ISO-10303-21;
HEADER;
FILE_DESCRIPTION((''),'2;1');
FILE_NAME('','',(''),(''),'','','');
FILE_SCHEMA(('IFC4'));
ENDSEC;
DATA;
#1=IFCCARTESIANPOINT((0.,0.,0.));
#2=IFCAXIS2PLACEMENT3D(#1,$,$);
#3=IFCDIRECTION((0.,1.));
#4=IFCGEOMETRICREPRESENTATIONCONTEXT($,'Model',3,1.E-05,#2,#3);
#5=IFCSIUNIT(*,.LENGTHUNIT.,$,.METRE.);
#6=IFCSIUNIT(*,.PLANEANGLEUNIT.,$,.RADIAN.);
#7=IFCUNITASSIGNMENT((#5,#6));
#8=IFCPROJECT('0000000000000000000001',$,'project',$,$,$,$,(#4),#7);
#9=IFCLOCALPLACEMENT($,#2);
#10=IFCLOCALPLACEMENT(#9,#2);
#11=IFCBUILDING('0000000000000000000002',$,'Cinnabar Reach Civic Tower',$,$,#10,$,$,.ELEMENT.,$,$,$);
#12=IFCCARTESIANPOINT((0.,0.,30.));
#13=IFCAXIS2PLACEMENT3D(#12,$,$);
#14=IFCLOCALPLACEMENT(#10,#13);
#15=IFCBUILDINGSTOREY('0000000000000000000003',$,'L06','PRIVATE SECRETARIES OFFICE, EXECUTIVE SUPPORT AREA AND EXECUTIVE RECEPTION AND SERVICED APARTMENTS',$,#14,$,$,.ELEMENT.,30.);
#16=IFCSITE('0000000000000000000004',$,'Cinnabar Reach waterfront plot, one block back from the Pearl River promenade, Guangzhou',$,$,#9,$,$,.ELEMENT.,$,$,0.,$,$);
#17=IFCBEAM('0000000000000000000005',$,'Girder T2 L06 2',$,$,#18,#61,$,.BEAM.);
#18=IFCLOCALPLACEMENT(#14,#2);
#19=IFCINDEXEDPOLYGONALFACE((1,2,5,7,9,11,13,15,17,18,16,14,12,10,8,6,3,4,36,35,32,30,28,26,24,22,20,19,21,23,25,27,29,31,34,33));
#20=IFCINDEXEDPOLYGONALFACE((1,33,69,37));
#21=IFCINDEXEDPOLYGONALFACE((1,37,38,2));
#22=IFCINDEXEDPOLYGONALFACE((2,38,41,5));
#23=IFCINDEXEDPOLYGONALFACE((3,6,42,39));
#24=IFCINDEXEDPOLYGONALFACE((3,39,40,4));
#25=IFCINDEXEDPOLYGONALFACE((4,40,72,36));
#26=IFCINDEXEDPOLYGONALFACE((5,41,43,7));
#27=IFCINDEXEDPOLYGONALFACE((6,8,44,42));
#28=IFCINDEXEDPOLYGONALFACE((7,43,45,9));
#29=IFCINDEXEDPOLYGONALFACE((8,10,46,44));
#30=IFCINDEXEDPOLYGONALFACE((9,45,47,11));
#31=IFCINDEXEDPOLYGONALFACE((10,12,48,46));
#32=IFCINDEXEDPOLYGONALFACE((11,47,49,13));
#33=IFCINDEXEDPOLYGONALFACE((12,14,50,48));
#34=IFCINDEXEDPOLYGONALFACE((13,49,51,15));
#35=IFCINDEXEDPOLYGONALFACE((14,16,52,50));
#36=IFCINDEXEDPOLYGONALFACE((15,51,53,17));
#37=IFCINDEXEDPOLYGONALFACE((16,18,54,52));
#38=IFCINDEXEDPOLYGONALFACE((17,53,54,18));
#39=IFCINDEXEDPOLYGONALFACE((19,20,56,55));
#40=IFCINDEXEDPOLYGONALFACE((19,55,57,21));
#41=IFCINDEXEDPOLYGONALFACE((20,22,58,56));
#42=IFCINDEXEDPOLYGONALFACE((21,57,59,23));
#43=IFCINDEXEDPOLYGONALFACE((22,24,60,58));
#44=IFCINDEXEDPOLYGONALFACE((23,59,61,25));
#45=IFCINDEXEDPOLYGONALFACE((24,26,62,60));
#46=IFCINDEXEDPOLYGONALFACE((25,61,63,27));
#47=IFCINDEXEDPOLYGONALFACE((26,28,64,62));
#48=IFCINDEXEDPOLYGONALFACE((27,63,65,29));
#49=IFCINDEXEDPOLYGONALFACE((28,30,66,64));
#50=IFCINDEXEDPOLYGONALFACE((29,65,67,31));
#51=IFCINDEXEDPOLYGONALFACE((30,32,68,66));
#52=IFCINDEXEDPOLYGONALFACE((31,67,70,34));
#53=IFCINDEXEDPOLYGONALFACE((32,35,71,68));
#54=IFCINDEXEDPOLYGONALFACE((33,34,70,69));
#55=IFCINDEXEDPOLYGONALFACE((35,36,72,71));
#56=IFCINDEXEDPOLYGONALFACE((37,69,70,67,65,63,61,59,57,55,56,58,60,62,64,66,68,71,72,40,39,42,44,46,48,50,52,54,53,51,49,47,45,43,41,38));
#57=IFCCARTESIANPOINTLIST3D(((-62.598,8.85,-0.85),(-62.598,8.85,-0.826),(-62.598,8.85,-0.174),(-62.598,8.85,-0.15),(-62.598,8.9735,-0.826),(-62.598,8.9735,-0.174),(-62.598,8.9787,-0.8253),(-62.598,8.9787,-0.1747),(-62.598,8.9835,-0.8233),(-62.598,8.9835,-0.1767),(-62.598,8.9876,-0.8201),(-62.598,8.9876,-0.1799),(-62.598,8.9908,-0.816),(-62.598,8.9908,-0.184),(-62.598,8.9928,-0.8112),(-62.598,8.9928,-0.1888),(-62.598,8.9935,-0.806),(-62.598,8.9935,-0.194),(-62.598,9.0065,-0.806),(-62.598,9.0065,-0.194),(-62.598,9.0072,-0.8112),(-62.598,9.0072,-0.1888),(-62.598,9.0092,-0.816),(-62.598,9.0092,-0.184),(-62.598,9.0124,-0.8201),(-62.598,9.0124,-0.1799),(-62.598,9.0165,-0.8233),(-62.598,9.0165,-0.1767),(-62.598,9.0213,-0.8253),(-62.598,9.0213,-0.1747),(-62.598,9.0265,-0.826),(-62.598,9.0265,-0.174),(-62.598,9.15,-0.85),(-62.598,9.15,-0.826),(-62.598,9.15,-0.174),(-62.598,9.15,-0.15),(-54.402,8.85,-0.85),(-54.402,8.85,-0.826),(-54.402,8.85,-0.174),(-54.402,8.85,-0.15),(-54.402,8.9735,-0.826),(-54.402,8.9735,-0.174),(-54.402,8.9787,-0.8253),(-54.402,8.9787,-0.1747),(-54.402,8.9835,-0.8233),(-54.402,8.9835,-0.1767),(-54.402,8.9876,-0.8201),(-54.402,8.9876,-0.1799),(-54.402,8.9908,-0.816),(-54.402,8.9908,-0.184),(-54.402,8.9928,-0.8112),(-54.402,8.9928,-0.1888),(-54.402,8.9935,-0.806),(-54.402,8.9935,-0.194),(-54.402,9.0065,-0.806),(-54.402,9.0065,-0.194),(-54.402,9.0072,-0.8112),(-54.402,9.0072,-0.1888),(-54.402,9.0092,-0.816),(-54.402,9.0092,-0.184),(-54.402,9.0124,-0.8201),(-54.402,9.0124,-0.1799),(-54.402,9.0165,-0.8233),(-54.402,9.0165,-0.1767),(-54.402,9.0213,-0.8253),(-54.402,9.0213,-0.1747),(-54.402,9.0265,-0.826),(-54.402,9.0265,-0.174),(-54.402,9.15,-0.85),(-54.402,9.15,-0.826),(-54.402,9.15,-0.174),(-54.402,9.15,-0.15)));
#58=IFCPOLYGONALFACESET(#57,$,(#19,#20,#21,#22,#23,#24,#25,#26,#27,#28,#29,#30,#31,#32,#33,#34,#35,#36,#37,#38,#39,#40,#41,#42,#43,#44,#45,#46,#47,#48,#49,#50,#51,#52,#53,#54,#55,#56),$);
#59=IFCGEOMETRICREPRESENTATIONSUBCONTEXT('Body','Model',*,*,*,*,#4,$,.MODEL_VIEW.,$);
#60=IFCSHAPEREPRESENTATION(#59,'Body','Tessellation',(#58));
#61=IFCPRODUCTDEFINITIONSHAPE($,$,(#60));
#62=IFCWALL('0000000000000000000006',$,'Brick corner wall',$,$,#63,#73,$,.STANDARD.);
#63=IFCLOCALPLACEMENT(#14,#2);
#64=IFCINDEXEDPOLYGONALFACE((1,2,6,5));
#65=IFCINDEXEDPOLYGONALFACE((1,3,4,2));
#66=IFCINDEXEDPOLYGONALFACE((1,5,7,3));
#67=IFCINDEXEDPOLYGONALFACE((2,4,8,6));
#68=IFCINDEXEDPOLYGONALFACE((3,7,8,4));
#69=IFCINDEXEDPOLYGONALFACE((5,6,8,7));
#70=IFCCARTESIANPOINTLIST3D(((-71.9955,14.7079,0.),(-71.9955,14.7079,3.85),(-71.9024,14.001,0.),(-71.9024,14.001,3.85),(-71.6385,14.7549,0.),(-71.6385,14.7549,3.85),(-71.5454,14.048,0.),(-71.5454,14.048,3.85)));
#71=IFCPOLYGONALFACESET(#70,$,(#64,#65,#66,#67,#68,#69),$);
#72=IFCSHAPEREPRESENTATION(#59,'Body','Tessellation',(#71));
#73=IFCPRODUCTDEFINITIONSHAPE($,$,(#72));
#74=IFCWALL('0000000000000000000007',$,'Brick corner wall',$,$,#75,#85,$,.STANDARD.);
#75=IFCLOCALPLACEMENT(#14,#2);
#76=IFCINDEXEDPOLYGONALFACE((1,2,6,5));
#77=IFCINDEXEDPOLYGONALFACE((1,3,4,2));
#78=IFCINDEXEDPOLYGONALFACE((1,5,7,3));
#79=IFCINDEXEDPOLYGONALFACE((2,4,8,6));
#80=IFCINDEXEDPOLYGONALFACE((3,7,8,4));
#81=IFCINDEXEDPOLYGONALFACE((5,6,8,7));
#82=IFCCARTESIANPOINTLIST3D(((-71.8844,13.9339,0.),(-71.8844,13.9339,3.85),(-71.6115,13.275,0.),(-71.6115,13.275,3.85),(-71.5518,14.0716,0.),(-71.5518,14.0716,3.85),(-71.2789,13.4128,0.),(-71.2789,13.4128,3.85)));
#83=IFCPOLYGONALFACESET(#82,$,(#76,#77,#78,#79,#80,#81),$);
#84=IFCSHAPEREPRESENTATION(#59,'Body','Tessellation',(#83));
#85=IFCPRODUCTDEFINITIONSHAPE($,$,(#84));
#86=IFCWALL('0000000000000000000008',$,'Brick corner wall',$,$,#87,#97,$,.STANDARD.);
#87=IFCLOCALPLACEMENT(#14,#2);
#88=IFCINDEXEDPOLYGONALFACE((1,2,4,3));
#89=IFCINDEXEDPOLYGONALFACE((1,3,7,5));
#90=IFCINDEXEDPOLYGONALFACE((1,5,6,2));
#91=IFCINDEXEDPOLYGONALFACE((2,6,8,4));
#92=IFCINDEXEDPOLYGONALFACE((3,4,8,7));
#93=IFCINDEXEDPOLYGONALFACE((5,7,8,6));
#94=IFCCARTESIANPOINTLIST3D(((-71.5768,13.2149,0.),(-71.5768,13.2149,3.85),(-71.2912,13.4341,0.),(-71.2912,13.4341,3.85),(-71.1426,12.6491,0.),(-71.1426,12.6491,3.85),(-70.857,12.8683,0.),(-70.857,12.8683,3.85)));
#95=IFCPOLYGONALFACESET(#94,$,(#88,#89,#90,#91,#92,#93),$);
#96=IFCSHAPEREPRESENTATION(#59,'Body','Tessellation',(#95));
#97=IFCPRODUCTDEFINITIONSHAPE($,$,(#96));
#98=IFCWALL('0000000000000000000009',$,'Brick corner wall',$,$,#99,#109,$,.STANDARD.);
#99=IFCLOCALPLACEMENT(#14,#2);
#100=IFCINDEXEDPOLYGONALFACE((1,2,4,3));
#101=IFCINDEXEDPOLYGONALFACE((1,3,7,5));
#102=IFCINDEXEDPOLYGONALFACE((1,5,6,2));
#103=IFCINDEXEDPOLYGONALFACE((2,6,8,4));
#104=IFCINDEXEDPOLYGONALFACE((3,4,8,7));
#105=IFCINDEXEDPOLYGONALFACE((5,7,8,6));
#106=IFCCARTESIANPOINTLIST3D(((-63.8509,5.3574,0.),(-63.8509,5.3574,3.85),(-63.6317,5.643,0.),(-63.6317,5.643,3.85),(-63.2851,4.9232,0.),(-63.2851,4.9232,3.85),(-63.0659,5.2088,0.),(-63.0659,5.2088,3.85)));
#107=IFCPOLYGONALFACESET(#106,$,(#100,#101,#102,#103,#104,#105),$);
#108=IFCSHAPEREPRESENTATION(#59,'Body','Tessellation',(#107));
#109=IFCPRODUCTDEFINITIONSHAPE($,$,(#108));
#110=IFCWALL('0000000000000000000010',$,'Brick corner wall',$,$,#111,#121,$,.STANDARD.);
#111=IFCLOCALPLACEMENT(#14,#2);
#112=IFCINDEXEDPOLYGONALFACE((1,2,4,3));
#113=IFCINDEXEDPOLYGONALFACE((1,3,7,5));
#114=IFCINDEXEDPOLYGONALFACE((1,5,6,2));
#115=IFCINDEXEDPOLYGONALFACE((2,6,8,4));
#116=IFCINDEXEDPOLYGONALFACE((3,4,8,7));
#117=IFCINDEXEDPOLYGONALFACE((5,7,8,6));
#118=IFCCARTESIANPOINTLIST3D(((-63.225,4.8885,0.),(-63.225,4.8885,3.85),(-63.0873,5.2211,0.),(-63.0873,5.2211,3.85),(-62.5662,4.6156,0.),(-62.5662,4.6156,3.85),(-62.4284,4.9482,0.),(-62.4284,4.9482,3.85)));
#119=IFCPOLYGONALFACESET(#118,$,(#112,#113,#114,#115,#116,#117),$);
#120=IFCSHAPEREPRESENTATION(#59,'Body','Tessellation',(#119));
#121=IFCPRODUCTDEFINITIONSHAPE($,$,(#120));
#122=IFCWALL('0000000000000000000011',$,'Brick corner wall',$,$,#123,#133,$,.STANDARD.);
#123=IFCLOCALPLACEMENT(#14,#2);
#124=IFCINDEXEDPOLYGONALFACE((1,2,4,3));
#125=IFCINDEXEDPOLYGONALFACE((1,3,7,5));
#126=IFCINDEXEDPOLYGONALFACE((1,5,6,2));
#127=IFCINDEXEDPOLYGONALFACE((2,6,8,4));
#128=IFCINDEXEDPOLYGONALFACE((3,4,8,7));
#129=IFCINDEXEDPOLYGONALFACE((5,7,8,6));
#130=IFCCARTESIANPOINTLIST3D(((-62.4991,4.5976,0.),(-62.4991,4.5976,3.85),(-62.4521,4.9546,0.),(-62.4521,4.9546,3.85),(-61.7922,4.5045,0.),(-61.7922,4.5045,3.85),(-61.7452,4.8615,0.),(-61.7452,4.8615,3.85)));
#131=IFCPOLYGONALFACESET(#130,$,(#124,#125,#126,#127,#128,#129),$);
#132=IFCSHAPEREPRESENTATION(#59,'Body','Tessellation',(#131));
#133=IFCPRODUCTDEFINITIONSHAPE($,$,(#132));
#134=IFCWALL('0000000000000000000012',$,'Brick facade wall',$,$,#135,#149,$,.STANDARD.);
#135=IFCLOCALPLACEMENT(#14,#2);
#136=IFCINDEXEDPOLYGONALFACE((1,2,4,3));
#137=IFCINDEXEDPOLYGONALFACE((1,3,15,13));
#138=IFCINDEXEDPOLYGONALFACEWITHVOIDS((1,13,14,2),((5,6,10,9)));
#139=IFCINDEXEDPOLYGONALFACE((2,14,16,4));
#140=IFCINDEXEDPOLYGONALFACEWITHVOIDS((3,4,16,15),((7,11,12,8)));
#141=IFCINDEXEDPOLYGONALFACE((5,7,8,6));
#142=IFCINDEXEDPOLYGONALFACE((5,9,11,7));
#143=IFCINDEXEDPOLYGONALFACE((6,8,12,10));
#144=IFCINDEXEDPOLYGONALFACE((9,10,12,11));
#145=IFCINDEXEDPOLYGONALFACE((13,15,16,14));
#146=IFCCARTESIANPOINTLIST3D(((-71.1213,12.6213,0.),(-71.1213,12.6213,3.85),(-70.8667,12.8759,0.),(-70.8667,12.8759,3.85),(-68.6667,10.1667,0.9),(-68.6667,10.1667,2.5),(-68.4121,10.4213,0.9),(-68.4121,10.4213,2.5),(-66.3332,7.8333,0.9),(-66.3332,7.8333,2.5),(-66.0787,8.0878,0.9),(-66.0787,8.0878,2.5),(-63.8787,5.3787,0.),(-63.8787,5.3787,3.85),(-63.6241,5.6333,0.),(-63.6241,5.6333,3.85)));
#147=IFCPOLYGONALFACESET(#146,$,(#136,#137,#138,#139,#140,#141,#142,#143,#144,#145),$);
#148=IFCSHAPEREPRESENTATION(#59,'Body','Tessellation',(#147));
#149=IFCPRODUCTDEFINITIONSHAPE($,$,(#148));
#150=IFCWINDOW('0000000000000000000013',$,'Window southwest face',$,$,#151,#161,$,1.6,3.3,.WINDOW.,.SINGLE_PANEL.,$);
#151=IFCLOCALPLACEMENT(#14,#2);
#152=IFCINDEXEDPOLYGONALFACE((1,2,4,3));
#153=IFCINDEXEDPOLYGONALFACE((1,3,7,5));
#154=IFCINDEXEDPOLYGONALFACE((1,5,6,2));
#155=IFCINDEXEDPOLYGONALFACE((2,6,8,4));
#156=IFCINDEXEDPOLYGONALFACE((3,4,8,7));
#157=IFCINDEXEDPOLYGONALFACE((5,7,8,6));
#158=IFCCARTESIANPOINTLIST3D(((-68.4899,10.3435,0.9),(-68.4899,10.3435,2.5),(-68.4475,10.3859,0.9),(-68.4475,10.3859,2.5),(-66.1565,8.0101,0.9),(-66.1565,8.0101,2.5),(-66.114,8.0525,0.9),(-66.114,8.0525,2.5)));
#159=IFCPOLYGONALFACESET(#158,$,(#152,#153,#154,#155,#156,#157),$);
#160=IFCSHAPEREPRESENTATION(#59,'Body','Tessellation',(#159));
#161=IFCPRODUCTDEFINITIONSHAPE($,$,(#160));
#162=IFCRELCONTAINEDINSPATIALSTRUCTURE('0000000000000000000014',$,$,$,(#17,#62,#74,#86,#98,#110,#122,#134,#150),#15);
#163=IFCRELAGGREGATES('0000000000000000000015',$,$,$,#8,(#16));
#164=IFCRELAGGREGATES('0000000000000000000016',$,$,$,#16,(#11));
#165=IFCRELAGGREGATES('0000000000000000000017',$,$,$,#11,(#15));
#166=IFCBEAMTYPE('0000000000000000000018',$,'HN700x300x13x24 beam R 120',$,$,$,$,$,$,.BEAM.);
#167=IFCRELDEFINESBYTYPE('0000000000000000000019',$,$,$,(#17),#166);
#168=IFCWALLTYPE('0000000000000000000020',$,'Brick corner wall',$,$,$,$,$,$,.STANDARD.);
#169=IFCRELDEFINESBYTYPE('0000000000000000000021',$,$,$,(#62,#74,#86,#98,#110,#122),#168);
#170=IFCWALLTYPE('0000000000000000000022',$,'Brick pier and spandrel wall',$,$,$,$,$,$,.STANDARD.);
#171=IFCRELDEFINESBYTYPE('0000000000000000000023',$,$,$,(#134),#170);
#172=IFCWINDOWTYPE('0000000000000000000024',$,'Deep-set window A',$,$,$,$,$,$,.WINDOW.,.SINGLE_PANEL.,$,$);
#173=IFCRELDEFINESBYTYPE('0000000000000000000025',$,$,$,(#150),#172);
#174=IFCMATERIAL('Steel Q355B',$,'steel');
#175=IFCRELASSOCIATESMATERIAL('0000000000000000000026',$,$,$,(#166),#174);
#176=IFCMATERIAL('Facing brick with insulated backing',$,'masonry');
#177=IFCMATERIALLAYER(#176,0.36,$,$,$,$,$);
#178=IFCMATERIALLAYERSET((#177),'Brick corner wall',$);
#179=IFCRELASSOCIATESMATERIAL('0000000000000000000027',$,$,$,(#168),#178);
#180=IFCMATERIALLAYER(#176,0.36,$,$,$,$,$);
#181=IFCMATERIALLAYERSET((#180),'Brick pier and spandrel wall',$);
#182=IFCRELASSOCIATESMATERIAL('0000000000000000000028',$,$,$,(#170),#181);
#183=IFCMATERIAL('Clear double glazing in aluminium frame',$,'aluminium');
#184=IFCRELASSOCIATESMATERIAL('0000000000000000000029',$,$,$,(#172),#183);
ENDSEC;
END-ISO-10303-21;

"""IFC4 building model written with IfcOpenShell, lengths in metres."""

from ifc_helpers import new_model, si_unit, direction, frame, frame_2d, origin, origin_2d, place, context, subcontext, project, spatial, rectangle, i_section, extrude, material, layer, layer_set, material_profile, profile_set, type_object, element, fill, save


model = new_model("IFC4")

# Units and contexts
model_context = context("Model", 3, precision=1e-05, world=origin(), true_north=direction((0.0, 1.0)))
body_context = subcontext(model_context, "Body", "Model", "MODEL_VIEW")
ifc_project = project(units=[si_unit("LENGTHUNIT", "METRE"), si_unit("PLANEANGLEUNIT", "RADIAN")], contexts=[model_context])

# Site, building, storey
site_placement = place(None, origin())
site = spatial("IfcSite", under=ifc_project, at=site_placement, Name="Cinnabar Reach waterfront plot, one block back from the Pearl River promenade, Guangzhou", CompositionType="ELEMENT", RefElevation=0.0)
building_placement = place(site_placement, origin())
building = spatial("IfcBuilding", under=site, at=building_placement, Name="Cinnabar Reach Civic Tower", CompositionType="ELEMENT")
storey_placement = place(building_placement, frame((0.0, 0.0, 30.0)))
storey = spatial("IfcBuildingStorey", under=building, at=storey_placement, Name="L06", Description="PRIVATE SECRETARIES OFFICE, EXECUTIVE SUPPORT AREA AND EXECUTIVE RECEPTION AND SERVICED APARTMENTS", CompositionType="ELEMENT", Elevation=30.0)

# Beam
ifc_material_1 = material(Name="Steel Q355B", Category="steel")
ifc_material_profile_1 = material_profile(ifc_material_1, i_section(OverallWidth=0.3, OverallDepth=0.7, WebThickness=0.013, FlangeThickness=0.024, FilletRadius=0.02, at=origin_2d()), Name="HN700x300x13x24")
ifc_profile_set_1 = profile_set([ifc_material_profile_1], Name="Steel Q355B")
beam_type_1 = type_object("IfcBeamType", Name="HN700x300x13x24 beam R 120", PredefinedType="BEAM", material=ifc_profile_set_1)
beam_1_placement = place(storey_placement, frame((-62.598, 9.0, -0.5), z_axis=(1.0, 0.0, 0.0), x_axis=(0.0, 1.0, 0.0)))
element("IfcBeam", 1, at=beam_1_placement, inside=storey, type_object=beam_type_1, Name="Girder T2 L06 2", PredefinedType="BEAM", context=body_context, shape_type="SweptSolid", body=[
    extrude(i_section(OverallWidth=0.3, OverallDepth=0.7, WebThickness=0.013, FlangeThickness=0.024, FilletRadius=0.02, at=origin_2d()), origin(), (0.0, 0.0, 1.0), 8.196),
])

# Walls
ifc_material_2 = material(Name="Facing brick with insulated backing", Category="masonry")
ifc_layer_1 = layer(ifc_material_2, 0.36)
ifc_layer_set_1 = layer_set([ifc_layer_1], Name="Brick corner wall")
wall_type_1 = type_object("IfcWallType", Name="Brick corner wall", PredefinedType="STANDARD", material=ifc_layer_set_1)
for number, where, z_axis, x_axis, name in (
    (2, (-71.817, 14.7314, 0.0), (0.0, 0.0, 1.0), (0.130556, -0.991441, 0.0), "Brick corner wall"),
    (3, (-71.7181, 14.0027, 0.0), (0.0, 0.0, 1.0), (0.382703, -0.923872, 0.0), "Brick corner wall"),
):
    element("IfcWall", number, at=place(storey_placement, frame(where, z_axis=z_axis, x_axis=x_axis)), inside=storey, type_object=wall_type_1, Name=name, PredefinedType="STANDARD", context=body_context, shape_type="SweptSolid", body=[
        extrude(rectangle(XDim=0.7131, YDim=0.36, at=frame_2d((0.3565, 0.0))), origin(), (0.0, 0.0, 1.0), 3.85),
    ])
for number, where, z_axis, x_axis, name in (
    (4, (-71.434, 13.3245, 0.0), (0.0, 0.0, 1.0), (0.608802, -0.793322, 0.0), "Brick corner wall"),
    (5, (-63.7413, 5.5002, 0.0), (0.0, 0.0, 1.0), (0.793322, -0.608802, 0.0), "Brick corner wall"),
):
    element("IfcWall", number, at=place(storey_placement, frame(where, z_axis=z_axis, x_axis=x_axis)), inside=storey, type_object=wall_type_1, Name=name, PredefinedType="STANDARD", context=body_context, shape_type="SweptSolid", body=[
        extrude(rectangle(XDim=0.7132, YDim=0.36, at=frame_2d((0.3566, 0.0))), origin(), (0.0, 0.0, 1.0), 3.85),
    ])
for number, where, z_axis, x_axis, name in (
    (6, (-63.1561, 5.0548, 0.0), (0.0, 0.0, 1.0), (0.923872, -0.382703, 0.0), "Brick corner wall"),
    (7, (-62.4756, 4.7761, 0.0), (0.0, 0.0, 1.0), (0.991441, -0.130556, 0.0), "Brick corner wall"),
):
    element("IfcWall", number, at=place(storey_placement, frame(where, z_axis=z_axis, x_axis=x_axis)), inside=storey, type_object=wall_type_1, Name=name, PredefinedType="STANDARD", context=body_context, shape_type="SweptSolid", body=[
        extrude(rectangle(XDim=0.7131, YDim=0.36, at=frame_2d((0.3565, 0.0))), origin(), (0.0, 0.0, 1.0), 3.85),
    ])

# Wall, opening, window
ifc_layer_2 = layer(ifc_material_2, 0.36)
ifc_layer_set_2 = layer_set([ifc_layer_2], Name="Brick pier and spandrel wall")
wall_type_2 = type_object("IfcWallType", Name="Brick pier and spandrel wall", PredefinedType="STANDARD", material=ifc_layer_set_2)
wall_placement = place(storey_placement, frame((-70.994, 12.7486, 0.0), z_axis=(0.0, 0.0, 1.0), x_axis=(0.707107, -0.707107, 0.0)))
wall = element("IfcWall", 8, at=wall_placement, inside=storey, type_object=wall_type_2, Name="Brick facade wall", PredefinedType="STANDARD", context=body_context, shape_type="SweptSolid", body=[
    extrude(rectangle(XDim=10.2426, YDim=0.36, at=frame_2d((5.1213, 0.0))), origin(), (0.0, 0.0, 1.0), 3.85),
])
opening_placement = place(wall_placement, frame((3.4713, 0.0, 0.9)))
opening = element("IfcOpeningElement", 9, at=opening_placement, cuts=wall, PredefinedType="OPENING", context=body_context, shape_type="SweptSolid", body=[
    extrude(rectangle(XDim=3.3, YDim=1.6, at=frame_2d((1.65, 0.8))), frame((0.0, 0.19, 0.0), z_axis=(0.0, -1.0, 0.0), x_axis=(1.0, 0.0, 0.0)), (0.0, 0.0, 1.0), 0.38),
])
ifc_material_3 = material(Name="Clear double glazing in aluminium frame", Category="aluminium")
window_type = type_object("IfcWindowType", Name="Deep-set window A", PartitioningType="SINGLE_PANEL", PredefinedType="WINDOW", material=ifc_material_3)
window_placement = place(opening_placement, origin())
window = element("IfcWindow", 10, at=window_placement, inside=storey, type_object=window_type, Name="Window southwest face", OverallHeight=1.6, OverallWidth=3.3, PartitioningType="SINGLE_PANEL", PredefinedType="WINDOW", context=body_context, shape_type="SweptSolid", body=[
    extrude(rectangle(XDim=3.3, YDim=1.6, at=frame_2d((1.65, 0.8))), frame((0.0, 0.13, 0.0), z_axis=(0.0, -1.0, 0.0), x_axis=(1.0, 0.0, 0.0)), (0.0, 0.0, 1.0), 0.06),
])
fill(opening, window)

save(model, "model.ifc")
